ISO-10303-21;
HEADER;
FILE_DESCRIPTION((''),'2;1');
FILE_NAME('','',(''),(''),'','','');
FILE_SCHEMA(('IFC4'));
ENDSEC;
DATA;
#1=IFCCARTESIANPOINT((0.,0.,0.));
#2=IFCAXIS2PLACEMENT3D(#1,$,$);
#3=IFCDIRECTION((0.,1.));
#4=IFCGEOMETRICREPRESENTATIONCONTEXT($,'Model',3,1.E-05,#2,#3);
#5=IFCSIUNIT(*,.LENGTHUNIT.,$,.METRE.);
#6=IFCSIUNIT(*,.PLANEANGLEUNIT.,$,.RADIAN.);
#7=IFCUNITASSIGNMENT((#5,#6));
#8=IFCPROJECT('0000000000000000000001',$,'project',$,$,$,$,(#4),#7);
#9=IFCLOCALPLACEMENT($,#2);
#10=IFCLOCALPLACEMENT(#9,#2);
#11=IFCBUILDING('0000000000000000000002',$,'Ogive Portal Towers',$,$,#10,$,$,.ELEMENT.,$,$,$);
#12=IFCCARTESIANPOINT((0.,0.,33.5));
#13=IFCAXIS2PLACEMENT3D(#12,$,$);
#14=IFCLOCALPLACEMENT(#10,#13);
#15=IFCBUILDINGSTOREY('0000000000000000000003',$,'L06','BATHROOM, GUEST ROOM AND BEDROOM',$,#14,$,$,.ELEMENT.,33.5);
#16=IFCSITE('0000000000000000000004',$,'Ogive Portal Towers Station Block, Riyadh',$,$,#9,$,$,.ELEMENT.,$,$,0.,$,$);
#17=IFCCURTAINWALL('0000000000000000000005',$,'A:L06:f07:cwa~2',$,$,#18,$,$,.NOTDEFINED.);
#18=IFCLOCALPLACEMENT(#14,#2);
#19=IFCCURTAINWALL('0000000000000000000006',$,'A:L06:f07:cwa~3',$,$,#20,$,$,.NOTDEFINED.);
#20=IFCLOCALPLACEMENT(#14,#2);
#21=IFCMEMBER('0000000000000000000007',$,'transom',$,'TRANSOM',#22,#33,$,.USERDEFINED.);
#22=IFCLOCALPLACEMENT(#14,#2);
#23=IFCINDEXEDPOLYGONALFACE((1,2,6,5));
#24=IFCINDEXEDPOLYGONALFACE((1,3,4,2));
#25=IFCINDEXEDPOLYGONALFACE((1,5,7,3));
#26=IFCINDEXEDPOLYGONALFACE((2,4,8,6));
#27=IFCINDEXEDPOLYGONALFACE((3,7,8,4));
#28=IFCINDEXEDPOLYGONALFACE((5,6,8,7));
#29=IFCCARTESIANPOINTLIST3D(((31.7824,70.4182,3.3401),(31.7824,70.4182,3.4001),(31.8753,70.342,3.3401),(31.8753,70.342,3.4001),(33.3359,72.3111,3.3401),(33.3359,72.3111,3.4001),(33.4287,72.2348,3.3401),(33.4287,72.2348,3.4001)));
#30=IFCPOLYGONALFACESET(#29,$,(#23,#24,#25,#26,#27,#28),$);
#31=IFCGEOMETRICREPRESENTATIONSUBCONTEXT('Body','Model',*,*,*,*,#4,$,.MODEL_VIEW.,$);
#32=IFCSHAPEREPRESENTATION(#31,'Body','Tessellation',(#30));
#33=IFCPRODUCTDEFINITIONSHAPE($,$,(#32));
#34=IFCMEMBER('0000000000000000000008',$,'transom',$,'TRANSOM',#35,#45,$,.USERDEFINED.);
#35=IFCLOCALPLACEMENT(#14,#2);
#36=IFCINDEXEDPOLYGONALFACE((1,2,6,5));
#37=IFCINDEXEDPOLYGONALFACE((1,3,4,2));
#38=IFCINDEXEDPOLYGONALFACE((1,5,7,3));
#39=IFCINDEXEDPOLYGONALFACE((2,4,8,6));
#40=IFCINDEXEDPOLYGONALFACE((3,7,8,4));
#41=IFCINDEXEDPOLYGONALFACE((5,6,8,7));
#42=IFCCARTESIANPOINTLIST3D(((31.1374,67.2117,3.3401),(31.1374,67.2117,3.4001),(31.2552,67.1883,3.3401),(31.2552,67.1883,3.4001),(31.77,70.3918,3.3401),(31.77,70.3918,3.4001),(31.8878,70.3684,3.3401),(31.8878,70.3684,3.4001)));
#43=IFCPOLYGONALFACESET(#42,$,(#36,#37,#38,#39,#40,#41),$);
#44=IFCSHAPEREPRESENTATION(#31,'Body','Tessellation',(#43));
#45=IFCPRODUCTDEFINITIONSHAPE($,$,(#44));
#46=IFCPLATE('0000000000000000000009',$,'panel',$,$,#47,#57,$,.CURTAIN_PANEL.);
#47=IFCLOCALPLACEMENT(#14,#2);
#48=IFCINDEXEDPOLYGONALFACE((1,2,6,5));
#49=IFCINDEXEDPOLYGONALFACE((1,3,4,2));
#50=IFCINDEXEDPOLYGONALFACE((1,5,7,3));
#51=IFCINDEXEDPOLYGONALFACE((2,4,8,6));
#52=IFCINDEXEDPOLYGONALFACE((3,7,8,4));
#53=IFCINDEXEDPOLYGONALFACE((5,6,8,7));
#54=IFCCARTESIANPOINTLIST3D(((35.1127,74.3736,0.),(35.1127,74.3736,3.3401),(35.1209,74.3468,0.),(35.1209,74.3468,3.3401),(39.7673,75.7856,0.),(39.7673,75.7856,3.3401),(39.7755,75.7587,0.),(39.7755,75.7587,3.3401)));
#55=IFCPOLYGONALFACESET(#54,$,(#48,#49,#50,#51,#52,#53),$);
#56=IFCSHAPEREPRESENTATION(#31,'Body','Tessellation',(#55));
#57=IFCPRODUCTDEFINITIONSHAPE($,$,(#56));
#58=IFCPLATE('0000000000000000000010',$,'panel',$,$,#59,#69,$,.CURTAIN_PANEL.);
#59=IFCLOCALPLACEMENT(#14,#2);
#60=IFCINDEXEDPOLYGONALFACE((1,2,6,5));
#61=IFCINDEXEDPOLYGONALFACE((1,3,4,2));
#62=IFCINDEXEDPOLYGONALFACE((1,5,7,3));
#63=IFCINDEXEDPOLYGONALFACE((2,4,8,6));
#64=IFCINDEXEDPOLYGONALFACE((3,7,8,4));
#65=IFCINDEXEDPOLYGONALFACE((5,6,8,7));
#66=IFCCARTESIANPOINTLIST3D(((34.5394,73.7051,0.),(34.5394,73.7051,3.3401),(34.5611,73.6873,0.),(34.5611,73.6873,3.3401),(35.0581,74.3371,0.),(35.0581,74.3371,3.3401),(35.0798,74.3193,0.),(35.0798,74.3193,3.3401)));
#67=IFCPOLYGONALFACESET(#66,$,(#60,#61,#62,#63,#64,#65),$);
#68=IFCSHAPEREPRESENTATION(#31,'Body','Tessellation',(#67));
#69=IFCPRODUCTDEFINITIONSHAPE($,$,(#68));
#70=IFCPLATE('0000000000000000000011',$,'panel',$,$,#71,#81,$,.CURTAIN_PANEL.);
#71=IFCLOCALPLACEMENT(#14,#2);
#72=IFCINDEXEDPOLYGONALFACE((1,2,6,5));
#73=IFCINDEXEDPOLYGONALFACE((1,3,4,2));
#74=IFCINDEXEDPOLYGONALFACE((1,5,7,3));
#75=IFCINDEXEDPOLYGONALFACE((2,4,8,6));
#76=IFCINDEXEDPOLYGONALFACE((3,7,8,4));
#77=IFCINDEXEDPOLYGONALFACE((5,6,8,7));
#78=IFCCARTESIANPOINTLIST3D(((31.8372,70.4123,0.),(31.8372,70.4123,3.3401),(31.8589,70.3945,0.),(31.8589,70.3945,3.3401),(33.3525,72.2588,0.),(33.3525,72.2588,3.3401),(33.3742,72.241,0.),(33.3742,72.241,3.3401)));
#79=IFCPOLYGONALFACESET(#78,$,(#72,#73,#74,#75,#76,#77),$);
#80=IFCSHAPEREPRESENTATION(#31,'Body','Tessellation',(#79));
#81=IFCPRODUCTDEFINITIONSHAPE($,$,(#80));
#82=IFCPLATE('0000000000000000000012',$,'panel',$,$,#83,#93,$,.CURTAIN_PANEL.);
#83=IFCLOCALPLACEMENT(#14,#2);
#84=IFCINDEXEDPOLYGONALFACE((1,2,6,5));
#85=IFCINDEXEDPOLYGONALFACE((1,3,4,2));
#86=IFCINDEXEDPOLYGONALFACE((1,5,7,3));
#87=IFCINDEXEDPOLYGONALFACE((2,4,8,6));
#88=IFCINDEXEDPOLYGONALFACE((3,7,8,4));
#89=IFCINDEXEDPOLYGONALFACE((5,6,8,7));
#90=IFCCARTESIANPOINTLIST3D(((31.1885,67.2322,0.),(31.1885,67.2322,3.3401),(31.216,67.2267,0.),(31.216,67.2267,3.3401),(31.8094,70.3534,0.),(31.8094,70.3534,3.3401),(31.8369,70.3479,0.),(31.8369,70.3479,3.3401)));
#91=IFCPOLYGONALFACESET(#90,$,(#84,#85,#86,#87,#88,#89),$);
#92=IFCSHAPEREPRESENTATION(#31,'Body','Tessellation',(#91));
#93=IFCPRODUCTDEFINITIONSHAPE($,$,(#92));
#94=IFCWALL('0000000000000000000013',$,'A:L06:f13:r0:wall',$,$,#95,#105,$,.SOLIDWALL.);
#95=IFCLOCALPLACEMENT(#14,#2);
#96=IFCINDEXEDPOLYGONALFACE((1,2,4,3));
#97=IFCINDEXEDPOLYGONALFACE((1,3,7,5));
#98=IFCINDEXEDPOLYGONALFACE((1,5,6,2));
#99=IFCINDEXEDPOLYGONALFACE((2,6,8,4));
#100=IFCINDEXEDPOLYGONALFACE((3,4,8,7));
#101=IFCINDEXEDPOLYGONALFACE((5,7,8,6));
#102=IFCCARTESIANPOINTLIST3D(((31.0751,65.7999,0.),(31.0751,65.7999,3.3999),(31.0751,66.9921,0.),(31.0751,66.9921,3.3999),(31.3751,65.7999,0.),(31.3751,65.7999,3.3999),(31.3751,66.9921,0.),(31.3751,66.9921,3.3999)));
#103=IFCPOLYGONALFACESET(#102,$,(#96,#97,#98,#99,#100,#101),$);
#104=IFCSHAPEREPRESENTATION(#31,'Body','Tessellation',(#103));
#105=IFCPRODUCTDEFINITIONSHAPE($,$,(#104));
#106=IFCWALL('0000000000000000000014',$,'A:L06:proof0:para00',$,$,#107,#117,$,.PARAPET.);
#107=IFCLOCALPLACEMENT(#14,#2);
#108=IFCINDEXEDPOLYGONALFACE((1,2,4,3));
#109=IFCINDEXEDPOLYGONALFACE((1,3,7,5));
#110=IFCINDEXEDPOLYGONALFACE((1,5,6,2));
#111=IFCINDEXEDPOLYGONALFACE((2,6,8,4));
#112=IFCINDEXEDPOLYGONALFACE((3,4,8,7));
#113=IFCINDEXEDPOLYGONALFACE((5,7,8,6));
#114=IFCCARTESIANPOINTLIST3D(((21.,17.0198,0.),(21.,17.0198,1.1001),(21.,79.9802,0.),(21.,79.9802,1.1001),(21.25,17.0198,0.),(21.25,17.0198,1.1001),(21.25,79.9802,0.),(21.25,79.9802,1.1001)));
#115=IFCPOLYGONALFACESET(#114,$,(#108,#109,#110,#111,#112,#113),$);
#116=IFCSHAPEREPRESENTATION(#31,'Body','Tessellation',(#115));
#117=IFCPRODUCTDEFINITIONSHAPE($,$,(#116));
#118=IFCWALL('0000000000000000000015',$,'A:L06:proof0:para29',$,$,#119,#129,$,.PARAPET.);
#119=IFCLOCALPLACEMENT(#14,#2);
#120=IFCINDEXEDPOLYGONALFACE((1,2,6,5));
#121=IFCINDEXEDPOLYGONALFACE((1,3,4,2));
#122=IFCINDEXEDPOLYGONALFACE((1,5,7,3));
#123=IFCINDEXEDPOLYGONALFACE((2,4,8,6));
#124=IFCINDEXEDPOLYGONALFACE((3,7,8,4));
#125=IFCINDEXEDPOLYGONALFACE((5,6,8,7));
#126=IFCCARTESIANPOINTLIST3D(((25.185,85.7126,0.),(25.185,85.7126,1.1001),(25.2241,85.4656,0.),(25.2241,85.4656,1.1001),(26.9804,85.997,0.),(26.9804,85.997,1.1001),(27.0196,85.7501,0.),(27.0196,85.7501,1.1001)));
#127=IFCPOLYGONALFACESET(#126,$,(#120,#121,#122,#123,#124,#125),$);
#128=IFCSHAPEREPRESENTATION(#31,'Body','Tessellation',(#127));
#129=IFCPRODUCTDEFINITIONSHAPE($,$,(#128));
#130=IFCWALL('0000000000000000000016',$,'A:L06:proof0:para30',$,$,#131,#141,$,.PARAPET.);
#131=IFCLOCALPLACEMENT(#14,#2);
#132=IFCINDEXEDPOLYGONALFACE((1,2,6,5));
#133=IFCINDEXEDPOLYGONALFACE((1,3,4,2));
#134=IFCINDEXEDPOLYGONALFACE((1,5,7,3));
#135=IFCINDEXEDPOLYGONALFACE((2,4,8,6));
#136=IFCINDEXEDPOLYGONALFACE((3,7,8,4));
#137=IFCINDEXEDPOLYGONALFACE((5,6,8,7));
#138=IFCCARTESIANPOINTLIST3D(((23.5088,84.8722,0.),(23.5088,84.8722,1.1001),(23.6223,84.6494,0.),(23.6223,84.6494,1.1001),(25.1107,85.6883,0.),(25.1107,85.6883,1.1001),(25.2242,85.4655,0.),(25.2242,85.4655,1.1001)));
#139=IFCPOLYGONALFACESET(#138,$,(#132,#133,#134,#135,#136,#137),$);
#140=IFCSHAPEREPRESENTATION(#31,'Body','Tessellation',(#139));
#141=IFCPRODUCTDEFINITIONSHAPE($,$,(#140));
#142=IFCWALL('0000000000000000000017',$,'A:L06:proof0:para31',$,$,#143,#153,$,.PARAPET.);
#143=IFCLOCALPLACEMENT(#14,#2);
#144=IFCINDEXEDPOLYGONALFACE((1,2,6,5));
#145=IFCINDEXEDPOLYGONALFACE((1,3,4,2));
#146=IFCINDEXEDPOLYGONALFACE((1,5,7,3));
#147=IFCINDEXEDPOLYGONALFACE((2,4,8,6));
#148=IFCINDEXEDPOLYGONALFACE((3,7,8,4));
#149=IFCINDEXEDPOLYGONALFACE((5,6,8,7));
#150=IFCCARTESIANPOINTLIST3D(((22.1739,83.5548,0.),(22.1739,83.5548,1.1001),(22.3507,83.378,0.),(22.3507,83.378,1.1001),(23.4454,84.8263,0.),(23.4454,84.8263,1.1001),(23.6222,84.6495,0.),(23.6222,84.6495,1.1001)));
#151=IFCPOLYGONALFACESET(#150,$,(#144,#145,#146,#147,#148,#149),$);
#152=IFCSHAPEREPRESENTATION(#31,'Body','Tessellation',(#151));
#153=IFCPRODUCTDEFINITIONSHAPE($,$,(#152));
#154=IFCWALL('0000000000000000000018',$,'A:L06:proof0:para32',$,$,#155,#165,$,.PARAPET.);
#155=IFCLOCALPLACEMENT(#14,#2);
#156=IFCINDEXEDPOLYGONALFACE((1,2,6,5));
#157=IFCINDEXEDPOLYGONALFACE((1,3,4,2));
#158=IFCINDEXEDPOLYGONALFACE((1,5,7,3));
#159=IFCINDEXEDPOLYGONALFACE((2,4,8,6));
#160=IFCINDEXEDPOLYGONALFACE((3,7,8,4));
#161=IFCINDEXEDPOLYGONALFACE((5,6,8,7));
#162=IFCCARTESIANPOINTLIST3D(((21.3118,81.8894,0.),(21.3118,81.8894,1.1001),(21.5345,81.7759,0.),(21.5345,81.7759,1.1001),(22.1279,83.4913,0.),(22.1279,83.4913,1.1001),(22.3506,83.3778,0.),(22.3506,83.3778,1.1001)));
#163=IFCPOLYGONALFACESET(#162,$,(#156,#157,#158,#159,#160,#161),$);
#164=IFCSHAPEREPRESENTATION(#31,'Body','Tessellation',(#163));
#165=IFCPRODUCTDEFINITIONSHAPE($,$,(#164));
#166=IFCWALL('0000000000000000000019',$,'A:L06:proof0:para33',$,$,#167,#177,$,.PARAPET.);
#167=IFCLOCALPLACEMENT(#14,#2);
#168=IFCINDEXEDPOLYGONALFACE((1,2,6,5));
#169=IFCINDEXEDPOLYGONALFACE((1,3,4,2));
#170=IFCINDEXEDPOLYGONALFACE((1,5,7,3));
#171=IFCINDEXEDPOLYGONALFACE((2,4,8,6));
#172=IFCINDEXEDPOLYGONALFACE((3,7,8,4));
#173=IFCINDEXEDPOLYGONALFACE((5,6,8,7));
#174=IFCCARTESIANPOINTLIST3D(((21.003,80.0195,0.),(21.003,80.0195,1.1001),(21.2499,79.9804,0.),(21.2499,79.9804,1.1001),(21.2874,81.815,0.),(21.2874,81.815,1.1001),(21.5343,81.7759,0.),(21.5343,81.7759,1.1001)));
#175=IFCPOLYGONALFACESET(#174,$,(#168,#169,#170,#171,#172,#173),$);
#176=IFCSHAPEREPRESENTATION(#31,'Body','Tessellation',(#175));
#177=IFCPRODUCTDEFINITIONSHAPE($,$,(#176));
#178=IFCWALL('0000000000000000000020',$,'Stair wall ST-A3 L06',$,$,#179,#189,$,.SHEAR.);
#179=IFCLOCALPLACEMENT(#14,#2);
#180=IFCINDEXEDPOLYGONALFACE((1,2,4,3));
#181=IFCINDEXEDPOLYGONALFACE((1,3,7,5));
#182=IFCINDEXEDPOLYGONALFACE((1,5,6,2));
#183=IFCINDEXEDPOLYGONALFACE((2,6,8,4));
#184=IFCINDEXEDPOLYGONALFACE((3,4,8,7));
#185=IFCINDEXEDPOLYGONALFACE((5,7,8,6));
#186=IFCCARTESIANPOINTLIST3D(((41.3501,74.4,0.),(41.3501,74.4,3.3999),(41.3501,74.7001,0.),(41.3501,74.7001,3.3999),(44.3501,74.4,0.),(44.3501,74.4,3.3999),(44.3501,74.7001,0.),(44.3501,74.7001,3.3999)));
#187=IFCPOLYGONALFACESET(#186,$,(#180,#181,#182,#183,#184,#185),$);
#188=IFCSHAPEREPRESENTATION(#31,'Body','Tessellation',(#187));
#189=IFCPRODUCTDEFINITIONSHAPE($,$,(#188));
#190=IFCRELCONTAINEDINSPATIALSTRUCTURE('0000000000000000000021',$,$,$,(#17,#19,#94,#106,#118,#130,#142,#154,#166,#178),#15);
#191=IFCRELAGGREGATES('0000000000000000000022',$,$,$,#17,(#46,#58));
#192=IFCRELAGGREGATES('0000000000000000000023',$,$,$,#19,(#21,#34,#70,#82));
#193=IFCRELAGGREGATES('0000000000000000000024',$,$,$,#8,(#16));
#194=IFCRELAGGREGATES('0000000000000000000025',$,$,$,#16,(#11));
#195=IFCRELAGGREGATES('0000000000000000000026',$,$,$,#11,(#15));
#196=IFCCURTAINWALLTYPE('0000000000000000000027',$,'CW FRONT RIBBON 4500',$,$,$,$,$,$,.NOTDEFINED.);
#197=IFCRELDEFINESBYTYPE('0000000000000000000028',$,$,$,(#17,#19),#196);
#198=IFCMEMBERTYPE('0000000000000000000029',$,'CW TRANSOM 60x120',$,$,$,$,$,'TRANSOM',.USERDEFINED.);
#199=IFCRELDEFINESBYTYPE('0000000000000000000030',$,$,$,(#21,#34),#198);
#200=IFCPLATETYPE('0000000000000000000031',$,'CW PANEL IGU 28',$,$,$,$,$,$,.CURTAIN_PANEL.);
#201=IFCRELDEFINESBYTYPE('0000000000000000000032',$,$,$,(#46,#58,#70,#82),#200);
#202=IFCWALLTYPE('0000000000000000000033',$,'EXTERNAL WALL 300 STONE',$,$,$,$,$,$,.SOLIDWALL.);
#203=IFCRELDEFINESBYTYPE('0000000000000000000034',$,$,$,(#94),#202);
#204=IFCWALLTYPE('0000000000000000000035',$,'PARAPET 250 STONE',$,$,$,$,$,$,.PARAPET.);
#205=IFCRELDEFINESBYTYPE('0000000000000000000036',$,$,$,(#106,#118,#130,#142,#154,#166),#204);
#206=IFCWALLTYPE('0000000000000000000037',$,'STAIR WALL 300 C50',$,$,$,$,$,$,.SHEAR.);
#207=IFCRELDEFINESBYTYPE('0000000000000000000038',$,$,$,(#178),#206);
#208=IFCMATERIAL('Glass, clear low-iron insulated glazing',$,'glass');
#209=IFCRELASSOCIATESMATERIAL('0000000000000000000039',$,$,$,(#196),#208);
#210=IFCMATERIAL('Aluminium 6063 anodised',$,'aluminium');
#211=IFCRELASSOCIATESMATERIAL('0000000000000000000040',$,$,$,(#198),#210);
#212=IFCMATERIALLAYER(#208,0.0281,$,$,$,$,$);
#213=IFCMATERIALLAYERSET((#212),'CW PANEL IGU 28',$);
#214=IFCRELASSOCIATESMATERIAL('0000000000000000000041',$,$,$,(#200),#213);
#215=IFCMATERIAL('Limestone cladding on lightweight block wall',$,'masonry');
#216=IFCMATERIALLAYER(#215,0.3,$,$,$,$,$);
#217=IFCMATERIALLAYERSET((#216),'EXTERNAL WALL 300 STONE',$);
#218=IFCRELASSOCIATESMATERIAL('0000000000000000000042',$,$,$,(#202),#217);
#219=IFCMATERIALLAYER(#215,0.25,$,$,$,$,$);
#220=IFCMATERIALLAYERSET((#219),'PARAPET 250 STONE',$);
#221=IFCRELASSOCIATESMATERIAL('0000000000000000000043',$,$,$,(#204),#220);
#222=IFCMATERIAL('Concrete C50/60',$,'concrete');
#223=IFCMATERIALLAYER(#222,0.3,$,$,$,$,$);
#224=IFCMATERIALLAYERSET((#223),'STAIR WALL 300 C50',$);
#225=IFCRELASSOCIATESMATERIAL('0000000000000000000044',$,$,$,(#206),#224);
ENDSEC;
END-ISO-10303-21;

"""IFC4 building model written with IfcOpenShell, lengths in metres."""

from ifc_helpers import new_model, si_unit, direction, frame, frame_2d, origin, origin_2d, place, context, subcontext, project, spatial, rectangle, extrude, material, layer, layer_set, material_profile, profile_set, type_object, element, aggregate, save


model = new_model("IFC4")

# Units and contexts
model_context = context("Model", 3, precision=1e-05, world=origin(), true_north=direction((0.0, 1.0)))
body_context = subcontext(model_context, "Body", "Model", "MODEL_VIEW")
ifc_project = project(units=[si_unit("LENGTHUNIT", "METRE"), si_unit("PLANEANGLEUNIT", "RADIAN")], contexts=[model_context])

# Site, building, storey
site_placement = place(None, origin())
site = spatial("IfcSite", under=ifc_project, at=site_placement, Name="Ogive Portal Towers Station Block, Riyadh", CompositionType="ELEMENT", RefElevation=0.0)
building_placement = place(site_placement, origin())
building = spatial("IfcBuilding", under=site, at=building_placement, Name="Ogive Portal Towers", CompositionType="ELEMENT")
storey_placement = place(building_placement, frame((0.0, 0.0, 33.5)))
storey = spatial("IfcBuildingStorey", under=building, at=storey_placement, Name="L06", Description="BATHROOM, GUEST ROOM AND BEDROOM", CompositionType="ELEMENT", Elevation=33.5)

# Shared definitions
ifc_material_1 = material(Name="Glass, clear low-iron insulated glazing", Category="glass")
curtain_wall_type = type_object("IfcCurtainWallType", Name="CW FRONT RIBBON 4500", PredefinedType="NOTDEFINED", material=ifc_material_1)
ifc_material_2 = material(Name="Aluminium 6063 anodised", Category="aluminium")

# Curtain walls
curtain_wall_1_placement = place(storey_placement, origin())
curtain_wall_1 = element("IfcCurtainWall", 1, at=curtain_wall_1_placement, inside=storey, type_object=curtain_wall_type, Name="A:L06:f07:cwa~2", PredefinedType="NOTDEFINED")
curtain_wall_2_placement = place(storey_placement, origin())
curtain_wall_2 = element("IfcCurtainWall", 2, at=curtain_wall_2_placement, inside=storey, type_object=curtain_wall_type, Name="A:L06:f07:cwa~3", PredefinedType="NOTDEFINED")

# Members
ifc_material_profile_1 = material_profile(ifc_material_2, rectangle(XDim=0.1201, YDim=0.0601, at=origin_2d()), Name="AL 120x60")
ifc_profile_set_1 = profile_set([ifc_material_profile_1], Name="Aluminium 6063 anodised")
member_type_1 = type_object("IfcMemberType", Name="CW TRANSOM 60x120", ElementType="TRANSOM", PredefinedType="USERDEFINED", material=ifc_profile_set_1)
member_1_placement = place(storey_placement, frame((33.3823, 72.2729, 3.3701), z_axis=(-0.63441, -0.772997, 0.0), x_axis=(0.772997, -0.63441, 0.0)))
member_1 = element("IfcMember", 3, at=member_1_placement, type_object=member_type_1, Name="transom", ObjectType="TRANSOM", PredefinedType="USERDEFINED", context=body_context, shape_type="SweptSolid", body=[
    extrude(rectangle(XDim=0.1201, YDim=0.0601, at=origin_2d()), origin(), (0.0, 0.0, 1.0), 2.4487),
])
member_2_placement = place(storey_placement, frame((31.8289, 70.3801, 3.3701), z_axis=(-0.195088, -0.980786, 0.0), x_axis=(0.980786, -0.195088, 0.0)))
member_2 = element("IfcMember", 4, at=member_2_placement, type_object=member_type_1, Name="transom", ObjectType="TRANSOM", PredefinedType="USERDEFINED", context=body_context, shape_type="SweptSolid", body=[
    extrude(rectangle(XDim=0.1201, YDim=0.0601, at=origin_2d()), origin(), (0.0, 0.0, 1.0), 3.2424),
])

# Plates
ifc_layer_1 = layer(ifc_material_1, 0.0281)
ifc_layer_set_1 = layer_set([ifc_layer_1], Name="CW PANEL IGU 28")
plate_type = type_object("IfcPlateType", Name="CW PANEL IGU 28", PredefinedType="CURTAIN_PANEL", material=ifc_layer_set_1)
plate_1_placement = place(storey_placement, frame((37.4441, 75.0662, 0.0), z_axis=(0.0, 0.0, 1.0), x_axis=(-0.95694, -0.290285, 0.0)))
plate_1 = element("IfcPlate", 5, at=plate_1_placement, type_object=plate_type, Name="panel", PredefinedType="CURTAIN_PANEL", context=body_context, shape_type="SweptSolid", body=[
    extrude(rectangle(XDim=4.864, YDim=0.0281, at=origin_2d()), origin(), (0.0, 0.0, 1.0), 3.3401),
])
plate_2_placement = place(storey_placement, frame((34.8096, 74.0122, 0.0), z_axis=(0.0, 0.0, 1.0), x_axis=(-0.634393, -0.77301, 0.0)))
plate_2 = element("IfcPlate", 6, at=plate_2_placement, type_object=plate_type, Name="panel", PredefinedType="CURTAIN_PANEL", context=body_context, shape_type="SweptSolid", body=[
    extrude(rectangle(XDim=0.8176, YDim=0.0281, at=origin_2d()), origin(), (0.0, 0.0, 1.0), 3.3401),
])
aggregate(curtain_wall_1, [plate_1, plate_2])
plate_3_placement = place(storey_placement, frame((32.6057, 71.3267, 0.0), z_axis=(0.0, 0.0, 1.0), x_axis=(-0.634393, -0.77301, 0.0)))
plate_3 = element("IfcPlate", 7, at=plate_3_placement, type_object=plate_type, Name="panel", PredefinedType="CURTAIN_PANEL", context=body_context, shape_type="SweptSolid", body=[
    extrude(rectangle(XDim=2.3887, YDim=0.0281, at=origin_2d()), origin(), (0.0, 0.0, 1.0), 3.3401),
])
plate_4_placement = place(storey_placement, frame((31.5127, 68.79, 0.0), z_axis=(0.0, 0.0, 1.0), x_axis=(-0.19509, -0.980785, 0.0)))
plate_4 = element("IfcPlate", 8, at=plate_4_placement, type_object=plate_type, Name="panel", PredefinedType="CURTAIN_PANEL", context=body_context, shape_type="SweptSolid", body=[
    extrude(rectangle(XDim=3.1824, YDim=0.0281, at=origin_2d()), origin(), (0.0, 0.0, 1.0), 3.3401),
])
aggregate(curtain_wall_2, [member_1, member_2, plate_3, plate_4])

# Walls
ifc_material_3 = material(Name="Limestone cladding on lightweight block wall", Category="masonry")
ifc_layer_2 = layer(ifc_material_3, 0.3)
ifc_layer_set_2 = layer_set([ifc_layer_2], Name="EXTERNAL WALL 300 STONE")
wall_type_1 = type_object("IfcWallType", Name="EXTERNAL WALL 300 STONE", PredefinedType="SOLIDWALL", material=ifc_layer_set_2)
wall_1_placement = place(storey_placement, frame((31.2251, 66.9922, 0.0), z_axis=(0.0, 0.0, 1.0), x_axis=(0.0, -1.0, 0.0)))
element("IfcWall", 9, at=wall_1_placement, inside=storey, type_object=wall_type_1, Name="A:L06:f13:r0:wall", PredefinedType="SOLIDWALL", context=body_context, shape_type="SweptSolid", body=[
    extrude(rectangle(XDim=1.1921, YDim=0.3, at=frame_2d((0.5962, 0.0))), origin(), (0.0, 0.0, 1.0), 3.3999),
])
ifc_layer_3 = layer(ifc_material_3, 0.25)
ifc_layer_set_3 = layer_set([ifc_layer_3], Name="PARAPET 250 STONE")
wall_type_2 = type_object("IfcWallType", Name="PARAPET 250 STONE", PredefinedType="PARAPET", material=ifc_layer_set_3)
wall_2_placement = place(storey_placement, frame((21.125, 79.9802, 0.0), z_axis=(0.0, 0.0, 1.0), x_axis=(0.0, -1.0, 0.0)))
element("IfcWall", 10, at=wall_2_placement, inside=storey, type_object=wall_type_2, Name="A:L06:proof0:para00", PredefinedType="PARAPET", context=body_context, shape_type="SweptSolid", body=[
    extrude(rectangle(XDim=62.9604, YDim=0.25, at=frame_2d((31.4802, 0.0))), origin(), (0.0, 0.0, 1.0), 1.1001),
])
wall_3_placement = place(storey_placement, frame((27.0, 85.8735, 0.0), z_axis=(0.0, 0.0, 1.0), x_axis=(-0.987683, -0.156466, 0.0)))
element("IfcWall", 11, at=wall_3_placement, inside=storey, type_object=wall_type_2, Name="A:L06:proof0:para29", PredefinedType="PARAPET", context=body_context, shape_type="SweptSolid", body=[
    extrude(rectangle(XDim=1.8179, YDim=0.25, at=frame_2d((0.9089, 0.0))), origin(), (0.0, 0.0, 1.0), 1.1001),
])
wall_4_placement = place(storey_placement, frame((25.1675, 85.5769, 0.0), z_axis=(0.0, 0.0, 1.0), x_axis=(-0.891034, -0.453936, 0.0)))
element("IfcWall", 12, at=wall_4_placement, inside=storey, type_object=wall_type_2, Name="A:L06:proof0:para30", PredefinedType="PARAPET", context=body_context, shape_type="SweptSolid", body=[
    extrude(rectangle(XDim=1.7979, YDim=0.25, at=frame_2d((0.8989, 0.0))), origin(), (0.0, 0.0, 1.0), 1.1001),
])
wall_5_placement = place(storey_placement, frame((23.5337, 84.7378, 0.0), z_axis=(0.0, 0.0, 1.0), x_axis=(-0.707107, -0.707107, 0.0)))
element("IfcWall", 13, at=wall_5_placement, inside=storey, type_object=wall_type_2, Name="A:L06:proof0:para31", PredefinedType="PARAPET", context=body_context, shape_type="SweptSolid", body=[
    extrude(rectangle(XDim=1.7981, YDim=0.25, at=frame_2d((0.8989, 0.0))), origin(), (0.0, 0.0, 1.0), 1.1001),
])
wall_6_placement = place(storey_placement, frame((22.2393, 83.4346, 0.0), z_axis=(0.0, 0.0, 1.0), x_axis=(-0.453936, -0.891034, 0.0)))
element("IfcWall", 14, at=wall_6_placement, inside=storey, type_object=wall_type_2, Name="A:L06:proof0:para32", PredefinedType="PARAPET", context=body_context, shape_type="SweptSolid", body=[
    extrude(rectangle(XDim=1.7979, YDim=0.25, at=frame_2d((0.8989, 0.0))), origin(), (0.0, 0.0, 1.0), 1.1001),
])
wall_7_placement = place(storey_placement, frame((21.4109, 81.7954, 0.0), z_axis=(0.0, 0.0, 1.0), x_axis=(-0.156466, -0.987683, 0.0)))
element("IfcWall", 15, at=wall_7_placement, inside=storey, type_object=wall_type_2, Name="A:L06:proof0:para33", PredefinedType="PARAPET", context=body_context, shape_type="SweptSolid", body=[
    extrude(rectangle(XDim=1.8179, YDim=0.25, at=frame_2d((0.9089, 0.0))), origin(), (0.0, 0.0, 1.0), 1.1001),
])
ifc_material_4 = material(Name="Concrete C50/60", Category="concrete")
ifc_layer_4 = layer(ifc_material_4, 0.3)
ifc_layer_set_4 = layer_set([ifc_layer_4], Name="STAIR WALL 300 C50")
wall_type_3 = type_object("IfcWallType", Name="STAIR WALL 300 C50", PredefinedType="SHEAR", material=ifc_layer_set_4)
wall_8_placement = place(storey_placement, frame((41.3501, 74.55, 0.0), z_axis=(0.0, 0.0, 1.0), x_axis=(1.0, 0.0, 0.0)))
element("IfcWall", 16, at=wall_8_placement, inside=storey, type_object=wall_type_3, Name="Stair wall ST-A3 L06", PredefinedType="SHEAR", context=body_context, shape_type="SweptSolid", body=[
    extrude(rectangle(XDim=3.0, YDim=0.3, at=frame_2d((1.5, 0.0))), origin(), (0.0, 0.0, 1.0), 3.3999),
])

save(model, "model.ifc")
